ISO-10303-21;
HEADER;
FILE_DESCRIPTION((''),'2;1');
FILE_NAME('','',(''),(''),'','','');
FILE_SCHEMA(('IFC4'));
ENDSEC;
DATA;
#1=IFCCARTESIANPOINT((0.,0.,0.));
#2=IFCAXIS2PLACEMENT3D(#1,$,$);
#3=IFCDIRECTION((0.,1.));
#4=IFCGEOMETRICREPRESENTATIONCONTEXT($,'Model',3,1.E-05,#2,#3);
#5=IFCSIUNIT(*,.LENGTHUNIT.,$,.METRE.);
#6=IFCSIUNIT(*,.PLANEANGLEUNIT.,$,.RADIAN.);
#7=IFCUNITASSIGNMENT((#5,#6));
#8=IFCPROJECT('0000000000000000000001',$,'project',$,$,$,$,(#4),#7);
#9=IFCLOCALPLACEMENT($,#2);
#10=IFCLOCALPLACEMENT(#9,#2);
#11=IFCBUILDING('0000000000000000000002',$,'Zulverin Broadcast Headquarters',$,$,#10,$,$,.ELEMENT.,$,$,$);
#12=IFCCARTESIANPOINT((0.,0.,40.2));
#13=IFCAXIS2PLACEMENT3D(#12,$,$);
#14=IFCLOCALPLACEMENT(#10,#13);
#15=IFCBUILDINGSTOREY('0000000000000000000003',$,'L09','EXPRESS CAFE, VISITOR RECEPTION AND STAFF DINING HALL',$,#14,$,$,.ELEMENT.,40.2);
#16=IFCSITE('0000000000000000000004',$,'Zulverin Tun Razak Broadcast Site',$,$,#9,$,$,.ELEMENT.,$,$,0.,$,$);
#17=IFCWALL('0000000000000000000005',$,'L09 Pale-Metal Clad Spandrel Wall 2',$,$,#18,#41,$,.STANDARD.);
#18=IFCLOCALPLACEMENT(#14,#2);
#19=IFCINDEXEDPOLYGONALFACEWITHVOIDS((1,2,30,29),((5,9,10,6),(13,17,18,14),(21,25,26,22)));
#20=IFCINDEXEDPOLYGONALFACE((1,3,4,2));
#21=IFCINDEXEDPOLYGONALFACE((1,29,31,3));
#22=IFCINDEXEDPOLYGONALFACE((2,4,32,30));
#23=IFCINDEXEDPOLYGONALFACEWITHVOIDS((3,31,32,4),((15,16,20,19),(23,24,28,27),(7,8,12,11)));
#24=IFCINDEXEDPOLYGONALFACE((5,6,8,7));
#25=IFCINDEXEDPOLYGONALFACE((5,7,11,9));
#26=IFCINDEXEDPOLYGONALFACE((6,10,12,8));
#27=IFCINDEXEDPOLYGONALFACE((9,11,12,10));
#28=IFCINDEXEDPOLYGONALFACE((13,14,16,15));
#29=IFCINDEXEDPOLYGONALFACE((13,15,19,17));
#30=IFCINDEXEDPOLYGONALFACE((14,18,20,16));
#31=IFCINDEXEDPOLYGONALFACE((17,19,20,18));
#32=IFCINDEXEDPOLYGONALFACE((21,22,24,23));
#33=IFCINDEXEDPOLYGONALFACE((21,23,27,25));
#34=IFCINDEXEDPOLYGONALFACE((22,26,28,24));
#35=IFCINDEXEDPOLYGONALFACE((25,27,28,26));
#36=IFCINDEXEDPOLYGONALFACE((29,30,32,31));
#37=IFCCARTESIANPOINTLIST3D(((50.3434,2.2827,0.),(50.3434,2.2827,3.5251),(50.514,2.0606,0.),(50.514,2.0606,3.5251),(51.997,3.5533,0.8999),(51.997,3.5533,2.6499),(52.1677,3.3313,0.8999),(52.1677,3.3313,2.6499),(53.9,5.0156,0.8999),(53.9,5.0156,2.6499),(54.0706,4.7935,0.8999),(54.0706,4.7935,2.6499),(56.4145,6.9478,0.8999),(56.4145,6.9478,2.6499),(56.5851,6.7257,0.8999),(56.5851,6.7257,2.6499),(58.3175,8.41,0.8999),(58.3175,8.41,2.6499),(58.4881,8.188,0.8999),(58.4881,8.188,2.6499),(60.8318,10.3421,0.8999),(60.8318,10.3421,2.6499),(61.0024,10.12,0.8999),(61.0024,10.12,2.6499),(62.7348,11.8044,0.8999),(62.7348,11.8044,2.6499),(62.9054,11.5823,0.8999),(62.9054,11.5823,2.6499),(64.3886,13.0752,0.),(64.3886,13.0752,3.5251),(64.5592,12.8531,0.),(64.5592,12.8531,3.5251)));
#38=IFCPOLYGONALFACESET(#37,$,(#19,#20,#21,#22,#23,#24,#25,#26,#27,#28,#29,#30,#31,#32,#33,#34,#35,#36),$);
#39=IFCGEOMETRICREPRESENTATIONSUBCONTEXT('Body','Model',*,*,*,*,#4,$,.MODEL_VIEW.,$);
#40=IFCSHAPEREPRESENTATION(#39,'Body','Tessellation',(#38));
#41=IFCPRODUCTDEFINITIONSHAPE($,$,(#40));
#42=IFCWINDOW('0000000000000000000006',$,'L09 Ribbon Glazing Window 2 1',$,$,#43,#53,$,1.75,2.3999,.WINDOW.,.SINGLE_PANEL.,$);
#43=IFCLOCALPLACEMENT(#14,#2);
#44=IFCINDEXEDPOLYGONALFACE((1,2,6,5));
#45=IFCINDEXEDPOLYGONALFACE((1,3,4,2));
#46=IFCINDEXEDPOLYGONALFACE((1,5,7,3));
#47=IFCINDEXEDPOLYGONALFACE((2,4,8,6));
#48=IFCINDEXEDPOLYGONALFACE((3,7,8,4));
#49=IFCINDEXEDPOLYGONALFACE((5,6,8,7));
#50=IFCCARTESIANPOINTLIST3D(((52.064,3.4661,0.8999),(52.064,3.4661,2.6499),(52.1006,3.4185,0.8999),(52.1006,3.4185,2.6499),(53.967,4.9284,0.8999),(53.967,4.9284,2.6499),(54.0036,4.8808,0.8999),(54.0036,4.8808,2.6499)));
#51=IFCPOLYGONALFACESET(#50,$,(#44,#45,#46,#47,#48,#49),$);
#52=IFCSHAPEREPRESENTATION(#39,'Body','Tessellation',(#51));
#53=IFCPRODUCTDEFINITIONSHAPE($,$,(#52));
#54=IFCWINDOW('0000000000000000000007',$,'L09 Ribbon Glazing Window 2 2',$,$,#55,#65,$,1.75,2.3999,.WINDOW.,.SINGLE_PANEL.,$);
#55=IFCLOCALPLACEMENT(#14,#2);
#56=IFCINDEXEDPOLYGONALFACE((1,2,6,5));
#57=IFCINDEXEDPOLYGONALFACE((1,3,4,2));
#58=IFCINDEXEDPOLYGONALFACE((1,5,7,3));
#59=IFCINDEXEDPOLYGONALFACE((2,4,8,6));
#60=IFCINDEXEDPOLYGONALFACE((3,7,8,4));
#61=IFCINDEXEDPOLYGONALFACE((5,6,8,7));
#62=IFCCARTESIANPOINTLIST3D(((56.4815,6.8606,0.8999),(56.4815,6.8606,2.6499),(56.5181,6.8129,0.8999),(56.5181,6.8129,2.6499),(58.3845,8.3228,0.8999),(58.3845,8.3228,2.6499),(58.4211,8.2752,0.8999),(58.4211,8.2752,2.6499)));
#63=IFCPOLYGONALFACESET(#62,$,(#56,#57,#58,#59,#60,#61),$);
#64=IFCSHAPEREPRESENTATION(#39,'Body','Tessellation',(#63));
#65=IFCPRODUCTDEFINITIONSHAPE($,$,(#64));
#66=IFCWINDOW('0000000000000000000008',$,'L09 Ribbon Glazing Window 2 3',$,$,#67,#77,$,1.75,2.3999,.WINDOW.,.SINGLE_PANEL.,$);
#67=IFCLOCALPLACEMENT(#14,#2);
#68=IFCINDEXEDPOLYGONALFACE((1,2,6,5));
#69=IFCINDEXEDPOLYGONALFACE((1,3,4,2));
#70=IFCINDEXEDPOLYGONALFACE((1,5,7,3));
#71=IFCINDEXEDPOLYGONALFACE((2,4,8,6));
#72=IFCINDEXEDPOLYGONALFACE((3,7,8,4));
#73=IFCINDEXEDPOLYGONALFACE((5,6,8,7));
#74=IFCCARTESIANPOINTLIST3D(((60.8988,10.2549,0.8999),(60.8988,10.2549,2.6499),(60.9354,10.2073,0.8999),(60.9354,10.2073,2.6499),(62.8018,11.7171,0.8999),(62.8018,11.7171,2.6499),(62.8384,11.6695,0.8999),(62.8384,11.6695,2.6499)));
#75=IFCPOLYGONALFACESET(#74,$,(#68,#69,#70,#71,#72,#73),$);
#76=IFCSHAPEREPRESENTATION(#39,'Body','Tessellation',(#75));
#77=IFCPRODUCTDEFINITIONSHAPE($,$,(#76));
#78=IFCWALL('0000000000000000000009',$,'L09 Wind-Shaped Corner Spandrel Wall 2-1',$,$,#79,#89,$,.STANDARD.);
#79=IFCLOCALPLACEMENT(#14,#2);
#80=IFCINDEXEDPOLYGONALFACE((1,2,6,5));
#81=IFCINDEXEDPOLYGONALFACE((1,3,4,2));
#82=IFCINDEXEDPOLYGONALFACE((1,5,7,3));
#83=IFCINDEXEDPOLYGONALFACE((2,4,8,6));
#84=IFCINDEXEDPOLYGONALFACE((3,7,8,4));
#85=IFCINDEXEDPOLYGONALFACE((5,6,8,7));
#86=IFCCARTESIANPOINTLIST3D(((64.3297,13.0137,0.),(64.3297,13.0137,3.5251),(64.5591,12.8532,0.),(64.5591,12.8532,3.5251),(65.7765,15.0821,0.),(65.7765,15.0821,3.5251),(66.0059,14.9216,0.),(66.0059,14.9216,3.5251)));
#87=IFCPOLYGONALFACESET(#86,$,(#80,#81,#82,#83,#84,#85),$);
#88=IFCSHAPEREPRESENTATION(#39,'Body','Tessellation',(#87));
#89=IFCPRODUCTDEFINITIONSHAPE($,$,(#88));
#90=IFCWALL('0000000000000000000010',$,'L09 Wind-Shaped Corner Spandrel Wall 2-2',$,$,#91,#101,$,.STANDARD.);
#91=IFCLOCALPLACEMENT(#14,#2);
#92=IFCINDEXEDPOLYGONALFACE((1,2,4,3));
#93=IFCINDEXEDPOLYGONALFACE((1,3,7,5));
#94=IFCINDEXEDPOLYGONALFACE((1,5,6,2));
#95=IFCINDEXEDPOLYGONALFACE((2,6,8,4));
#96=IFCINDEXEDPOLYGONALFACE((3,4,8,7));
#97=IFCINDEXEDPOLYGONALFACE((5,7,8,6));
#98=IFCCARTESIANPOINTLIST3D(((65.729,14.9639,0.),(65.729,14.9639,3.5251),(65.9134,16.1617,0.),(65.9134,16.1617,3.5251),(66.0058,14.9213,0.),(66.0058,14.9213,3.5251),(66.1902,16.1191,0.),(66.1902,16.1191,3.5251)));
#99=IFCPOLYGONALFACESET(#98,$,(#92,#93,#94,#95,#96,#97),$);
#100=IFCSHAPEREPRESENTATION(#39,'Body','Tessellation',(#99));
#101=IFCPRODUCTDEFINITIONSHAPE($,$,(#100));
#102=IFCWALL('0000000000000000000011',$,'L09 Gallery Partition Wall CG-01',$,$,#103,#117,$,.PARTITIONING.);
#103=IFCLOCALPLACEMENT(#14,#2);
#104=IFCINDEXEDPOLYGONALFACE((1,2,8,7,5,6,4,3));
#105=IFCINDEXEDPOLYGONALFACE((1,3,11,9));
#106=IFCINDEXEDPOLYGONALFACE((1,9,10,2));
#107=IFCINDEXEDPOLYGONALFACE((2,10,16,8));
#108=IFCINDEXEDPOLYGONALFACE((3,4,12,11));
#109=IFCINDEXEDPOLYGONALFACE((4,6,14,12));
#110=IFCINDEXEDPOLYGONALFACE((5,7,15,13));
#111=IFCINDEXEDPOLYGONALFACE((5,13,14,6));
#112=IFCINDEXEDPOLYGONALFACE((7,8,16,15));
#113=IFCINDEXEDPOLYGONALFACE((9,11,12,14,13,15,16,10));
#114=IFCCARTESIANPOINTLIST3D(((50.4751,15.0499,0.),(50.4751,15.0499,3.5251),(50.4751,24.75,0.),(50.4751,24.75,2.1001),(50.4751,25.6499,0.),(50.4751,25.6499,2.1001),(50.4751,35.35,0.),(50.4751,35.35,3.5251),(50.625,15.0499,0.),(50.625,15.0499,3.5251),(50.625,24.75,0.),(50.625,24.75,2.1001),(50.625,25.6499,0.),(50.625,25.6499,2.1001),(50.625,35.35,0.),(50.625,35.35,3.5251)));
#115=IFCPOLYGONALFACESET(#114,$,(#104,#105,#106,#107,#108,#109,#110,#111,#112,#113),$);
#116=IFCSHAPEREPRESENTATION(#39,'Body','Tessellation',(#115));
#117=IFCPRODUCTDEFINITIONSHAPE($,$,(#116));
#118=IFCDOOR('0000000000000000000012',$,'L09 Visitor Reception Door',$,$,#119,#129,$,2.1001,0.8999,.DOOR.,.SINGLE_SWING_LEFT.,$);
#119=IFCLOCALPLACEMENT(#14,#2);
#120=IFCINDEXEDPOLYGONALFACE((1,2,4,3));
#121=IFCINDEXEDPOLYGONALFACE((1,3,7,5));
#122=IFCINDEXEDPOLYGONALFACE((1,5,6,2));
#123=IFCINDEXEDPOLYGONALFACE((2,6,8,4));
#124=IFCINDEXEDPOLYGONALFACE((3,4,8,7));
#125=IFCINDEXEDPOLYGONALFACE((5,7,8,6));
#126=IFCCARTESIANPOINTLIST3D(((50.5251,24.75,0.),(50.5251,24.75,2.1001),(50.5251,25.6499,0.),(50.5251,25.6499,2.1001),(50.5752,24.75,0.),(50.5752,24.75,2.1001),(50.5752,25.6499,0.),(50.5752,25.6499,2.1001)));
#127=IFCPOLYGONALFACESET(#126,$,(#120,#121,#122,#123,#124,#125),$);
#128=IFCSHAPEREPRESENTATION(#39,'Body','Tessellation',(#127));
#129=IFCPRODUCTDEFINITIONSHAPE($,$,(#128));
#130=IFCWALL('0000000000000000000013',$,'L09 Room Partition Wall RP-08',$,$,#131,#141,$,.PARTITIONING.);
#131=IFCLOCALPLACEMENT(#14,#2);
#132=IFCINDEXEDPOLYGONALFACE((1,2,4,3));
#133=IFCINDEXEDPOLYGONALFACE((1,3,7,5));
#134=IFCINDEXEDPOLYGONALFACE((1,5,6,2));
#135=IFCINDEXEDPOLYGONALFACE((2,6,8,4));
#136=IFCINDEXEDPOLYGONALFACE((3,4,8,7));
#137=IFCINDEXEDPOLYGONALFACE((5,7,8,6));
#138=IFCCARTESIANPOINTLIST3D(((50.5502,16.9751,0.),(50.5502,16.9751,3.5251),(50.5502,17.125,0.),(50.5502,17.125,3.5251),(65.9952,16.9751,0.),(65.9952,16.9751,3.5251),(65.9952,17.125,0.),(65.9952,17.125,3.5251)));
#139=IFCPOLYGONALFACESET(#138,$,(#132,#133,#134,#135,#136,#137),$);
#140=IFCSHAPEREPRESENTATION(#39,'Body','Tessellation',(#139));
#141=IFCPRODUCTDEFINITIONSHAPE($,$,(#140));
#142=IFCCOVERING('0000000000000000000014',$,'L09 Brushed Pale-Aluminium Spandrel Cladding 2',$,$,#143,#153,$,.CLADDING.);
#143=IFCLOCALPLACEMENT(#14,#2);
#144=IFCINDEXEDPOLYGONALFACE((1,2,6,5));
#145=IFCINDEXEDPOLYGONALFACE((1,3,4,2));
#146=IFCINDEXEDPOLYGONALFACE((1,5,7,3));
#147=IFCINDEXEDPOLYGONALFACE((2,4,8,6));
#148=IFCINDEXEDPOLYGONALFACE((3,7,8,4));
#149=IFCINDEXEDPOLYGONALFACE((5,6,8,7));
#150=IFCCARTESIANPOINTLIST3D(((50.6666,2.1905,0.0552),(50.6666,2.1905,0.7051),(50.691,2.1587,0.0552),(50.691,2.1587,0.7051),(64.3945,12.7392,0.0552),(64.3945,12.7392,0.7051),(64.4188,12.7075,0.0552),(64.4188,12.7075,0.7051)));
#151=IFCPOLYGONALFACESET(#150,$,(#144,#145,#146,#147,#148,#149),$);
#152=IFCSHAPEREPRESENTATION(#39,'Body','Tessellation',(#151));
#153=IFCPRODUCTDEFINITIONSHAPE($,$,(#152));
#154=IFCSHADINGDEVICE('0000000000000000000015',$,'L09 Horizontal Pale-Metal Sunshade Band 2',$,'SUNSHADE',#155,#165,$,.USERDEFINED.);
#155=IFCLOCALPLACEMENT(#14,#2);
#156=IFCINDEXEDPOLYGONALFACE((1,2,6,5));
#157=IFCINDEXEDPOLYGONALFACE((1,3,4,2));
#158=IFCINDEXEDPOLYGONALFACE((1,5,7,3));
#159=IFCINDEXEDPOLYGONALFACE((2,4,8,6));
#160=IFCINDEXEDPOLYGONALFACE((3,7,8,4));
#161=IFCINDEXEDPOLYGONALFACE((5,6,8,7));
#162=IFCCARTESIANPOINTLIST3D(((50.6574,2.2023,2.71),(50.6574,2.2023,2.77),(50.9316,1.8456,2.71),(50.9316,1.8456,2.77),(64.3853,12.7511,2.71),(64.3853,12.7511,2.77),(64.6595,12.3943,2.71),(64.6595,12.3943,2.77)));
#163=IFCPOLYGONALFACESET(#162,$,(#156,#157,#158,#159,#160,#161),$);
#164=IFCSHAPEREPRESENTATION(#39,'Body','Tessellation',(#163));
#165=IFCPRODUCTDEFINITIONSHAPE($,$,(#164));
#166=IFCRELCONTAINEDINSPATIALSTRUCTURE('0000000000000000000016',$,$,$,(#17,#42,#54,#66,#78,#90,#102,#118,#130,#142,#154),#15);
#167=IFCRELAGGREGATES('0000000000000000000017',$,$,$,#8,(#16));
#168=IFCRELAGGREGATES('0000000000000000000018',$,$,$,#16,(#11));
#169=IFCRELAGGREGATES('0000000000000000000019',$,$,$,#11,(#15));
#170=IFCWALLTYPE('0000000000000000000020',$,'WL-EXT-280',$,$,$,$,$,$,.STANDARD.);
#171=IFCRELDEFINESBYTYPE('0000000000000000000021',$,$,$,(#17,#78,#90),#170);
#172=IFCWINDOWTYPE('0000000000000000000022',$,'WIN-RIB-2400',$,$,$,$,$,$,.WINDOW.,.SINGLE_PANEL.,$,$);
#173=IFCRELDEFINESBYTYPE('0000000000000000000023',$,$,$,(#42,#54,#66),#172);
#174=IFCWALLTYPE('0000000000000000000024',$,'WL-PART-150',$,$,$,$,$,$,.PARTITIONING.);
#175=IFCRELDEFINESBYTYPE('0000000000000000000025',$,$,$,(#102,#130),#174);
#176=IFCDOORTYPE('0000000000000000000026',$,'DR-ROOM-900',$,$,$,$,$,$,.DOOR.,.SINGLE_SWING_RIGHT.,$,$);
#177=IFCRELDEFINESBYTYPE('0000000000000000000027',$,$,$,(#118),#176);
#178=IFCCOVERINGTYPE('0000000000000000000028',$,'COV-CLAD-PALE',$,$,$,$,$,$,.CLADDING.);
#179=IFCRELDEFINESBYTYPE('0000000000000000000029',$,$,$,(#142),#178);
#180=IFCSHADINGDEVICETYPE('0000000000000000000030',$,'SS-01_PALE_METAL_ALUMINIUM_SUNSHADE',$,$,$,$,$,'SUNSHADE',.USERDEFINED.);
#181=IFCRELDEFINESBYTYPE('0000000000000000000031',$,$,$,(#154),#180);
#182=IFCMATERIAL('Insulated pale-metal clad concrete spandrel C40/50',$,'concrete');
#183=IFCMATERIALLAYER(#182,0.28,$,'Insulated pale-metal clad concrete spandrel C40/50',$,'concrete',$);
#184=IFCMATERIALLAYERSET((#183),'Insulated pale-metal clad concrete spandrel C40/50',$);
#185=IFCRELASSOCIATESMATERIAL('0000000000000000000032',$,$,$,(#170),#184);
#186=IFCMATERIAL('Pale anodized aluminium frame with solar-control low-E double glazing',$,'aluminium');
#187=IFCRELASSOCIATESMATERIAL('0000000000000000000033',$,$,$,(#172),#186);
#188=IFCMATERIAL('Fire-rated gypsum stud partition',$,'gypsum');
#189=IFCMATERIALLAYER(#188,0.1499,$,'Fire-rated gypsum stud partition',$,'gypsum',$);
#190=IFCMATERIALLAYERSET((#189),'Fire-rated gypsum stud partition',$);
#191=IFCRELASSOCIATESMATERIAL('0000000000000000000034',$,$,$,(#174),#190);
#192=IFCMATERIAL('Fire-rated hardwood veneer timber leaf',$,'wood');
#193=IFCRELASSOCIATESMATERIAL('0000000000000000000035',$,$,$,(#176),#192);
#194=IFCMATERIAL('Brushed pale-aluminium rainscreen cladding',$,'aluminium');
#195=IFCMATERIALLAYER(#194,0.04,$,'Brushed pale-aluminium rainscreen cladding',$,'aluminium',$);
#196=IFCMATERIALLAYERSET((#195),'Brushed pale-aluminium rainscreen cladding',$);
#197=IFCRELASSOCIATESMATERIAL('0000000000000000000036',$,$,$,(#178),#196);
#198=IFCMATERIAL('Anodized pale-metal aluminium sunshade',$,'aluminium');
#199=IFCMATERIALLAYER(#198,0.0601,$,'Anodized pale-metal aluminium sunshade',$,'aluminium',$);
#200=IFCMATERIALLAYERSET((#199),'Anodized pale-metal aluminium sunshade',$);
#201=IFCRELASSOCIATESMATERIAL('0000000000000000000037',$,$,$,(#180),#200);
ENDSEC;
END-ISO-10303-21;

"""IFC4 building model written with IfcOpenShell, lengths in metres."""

from ifc_helpers import new_model, si_unit, direction, frame, frame_2d, origin, origin_2d, place, context, subcontext, project, spatial, rectangle, extrude, material, layer, layer_set, type_object, element, fill, save


model = new_model("IFC4")

# Units and contexts
model_context = context("Model", 3, precision=1e-05, world=origin(), true_north=direction((0.0, 1.0)))
body_context = subcontext(model_context, "Body", "Model", "MODEL_VIEW")
ifc_project = project(units=[si_unit("LENGTHUNIT", "METRE"), si_unit("PLANEANGLEUNIT", "RADIAN")], contexts=[model_context])

# Site, building, storey
site_placement = place(None, origin())
site = spatial("IfcSite", under=ifc_project, at=site_placement, Name="Zulverin Tun Razak Broadcast Site", CompositionType="ELEMENT", RefElevation=0.0)
building_placement = place(site_placement, origin())
building = spatial("IfcBuilding", under=site, at=building_placement, Name="Zulverin Broadcast Headquarters", CompositionType="ELEMENT")
storey_placement = place(building_placement, frame((0.0, 0.0, 40.2)))
storey = spatial("IfcBuildingStorey", under=building, at=storey_placement, Name="L09", Description="EXPRESS CAFE, VISITOR RECEPTION AND STAFF DINING HALL", CompositionType="ELEMENT", Elevation=40.2)

# Wall, openings, windows
ifc_material_1 = material(Name="Insulated pale-metal clad concrete spandrel C40/50", Category="concrete")
ifc_layer_1 = layer(ifc_material_1, 0.28, Name="Insulated pale-metal clad concrete spandrel C40/50", Category="concrete")
ifc_layer_set_1 = layer_set([ifc_layer_1], Name="Insulated pale-metal clad concrete spandrel C40/50")
wall_type_1 = type_object("IfcWallType", Name="WL-EXT-280", PredefinedType="STANDARD", material=ifc_layer_set_1)
wall_1_placement = place(storey_placement, frame((50.4287, 2.1716, 0.0), z_axis=(0.0, 0.0, 1.0), x_axis=(0.792937, 0.609303, 0.0)))
wall_1 = element("IfcWall", 1, at=wall_1_placement, inside=storey, type_object=wall_type_1, Name="L09 Pale-Metal Clad Spandrel Wall 2", PredefinedType="STANDARD", context=body_context, shape_type="SweptSolid", body=[
    extrude(rectangle(XDim=17.7129, YDim=0.28, at=frame_2d((8.8564, 0.0))), origin(), (0.0, 0.0, 1.0), 3.5251),
])
opening_1_placement = place(wall_1_placement, frame((2.0854, 0.0, 0.8999)))
opening_1 = element("IfcOpeningElement", 2, at=opening_1_placement, cuts=wall_1, PredefinedType="OPENING", context=body_context, shape_type="SweptSolid", body=[
    extrude(rectangle(XDim=2.3999, YDim=1.75, at=frame_2d((1.2, 0.875))), frame((0.0, 0.1499, 0.0), z_axis=(0.0, -1.0, 0.0), x_axis=(1.0, 0.0, 0.0)), (0.0, 0.0, 1.0), 0.3),
])
opening_2_placement = place(wall_1_placement, frame((7.6565, 0.0, 0.8999)))
opening_2 = element("IfcOpeningElement", 3, at=opening_2_placement, cuts=wall_1, PredefinedType="OPENING", context=body_context, shape_type="SweptSolid", body=[
    extrude(rectangle(XDim=2.3999, YDim=1.75, at=frame_2d((1.2, 0.875))), frame((0.0, 0.1499, 0.0), z_axis=(0.0, -1.0, 0.0), x_axis=(1.0, 0.0, 0.0)), (0.0, 0.0, 1.0), 0.3),
])
opening_3_placement = place(wall_1_placement, frame((13.2273, 0.0, 0.8999)))
opening_3 = element("IfcOpeningElement", 4, at=opening_3_placement, cuts=wall_1, PredefinedType="OPENING", context=body_context, shape_type="SweptSolid", body=[
    extrude(rectangle(XDim=2.3999, YDim=1.75, at=frame_2d((1.2, 0.875))), frame((0.0, 0.1499, 0.0), z_axis=(0.0, -1.0, 0.0), x_axis=(1.0, 0.0, 0.0)), (0.0, 0.0, 1.0), 0.3),
])
ifc_material_2 = material(Name="Pale anodized aluminium frame with solar-control low-E double glazing", Category="aluminium")
window_type = type_object("IfcWindowType", Name="WIN-RIB-2400", PartitioningType="SINGLE_PANEL", PredefinedType="WINDOW", material=ifc_material_2)
window_1_placement = place(opening_1_placement, origin())
window_1 = element("IfcWindow", 5, at=window_1_placement, inside=storey, type_object=window_type, Name="L09 Ribbon Glazing Window 2 1", OverallHeight=1.75, OverallWidth=2.3999, PartitioningType="SINGLE_PANEL", PredefinedType="WINDOW", context=body_context, shape_type="SweptSolid", body=[
    extrude(rectangle(XDim=2.3999, YDim=1.75, at=frame_2d((1.2, 0.875))), frame((0.0, 0.03, 0.0), z_axis=(0.0, -1.0, 0.0), x_axis=(1.0, 0.0, 0.0)), (0.0, 0.0, 1.0), 0.0601),
])
fill(opening_1, window_1)
window_2_placement = place(opening_2_placement, origin())
window_2 = element("IfcWindow", 6, at=window_2_placement, inside=storey, type_object=window_type, Name="L09 Ribbon Glazing Window 2 2", OverallHeight=1.75, OverallWidth=2.3999, PartitioningType="SINGLE_PANEL", PredefinedType="WINDOW", context=body_context, shape_type="SweptSolid", body=[
    extrude(rectangle(XDim=2.3999, YDim=1.75, at=frame_2d((1.2, 0.875))), frame((0.0, 0.03, 0.0), z_axis=(0.0, -1.0, 0.0), x_axis=(1.0, 0.0, 0.0)), (0.0, 0.0, 1.0), 0.0601),
])
fill(opening_2, window_2)
window_3_placement = place(opening_3_placement, origin())
window_3 = element("IfcWindow", 7, at=window_3_placement, inside=storey, type_object=window_type, Name="L09 Ribbon Glazing Window 2 3", OverallHeight=1.75, OverallWidth=2.3999, PartitioningType="SINGLE_PANEL", PredefinedType="WINDOW", context=body_context, shape_type="SweptSolid", body=[
    extrude(rectangle(XDim=2.3999, YDim=1.75, at=frame_2d((1.2, 0.875))), frame((0.0, 0.03, 0.0), z_axis=(0.0, -1.0, 0.0), x_axis=(1.0, 0.0, 0.0)), (0.0, 0.0, 1.0), 0.0601),
])
fill(opening_3, window_3)

# Walls
wall_2_placement = place(storey_placement, frame((64.4443, 12.9333, 0.0), z_axis=(0.0, 0.0, 1.0), x_axis=(0.573177, 0.819432, 0.0)))
element("IfcWall", 8, at=wall_2_placement, inside=storey, type_object=wall_type_1, Name="L09 Wind-Shaped Corner Spandrel Wall 2-1", PredefinedType="STANDARD", context=body_context, shape_type="SweptSolid", body=[
    extrude(rectangle(XDim=2.5242, YDim=0.28, at=frame_2d((1.2622, 0.0))), origin(), (0.0, 0.0, 1.0), 3.5251),
])
wall_3_placement = place(storey_placement, frame((65.8674, 14.9426, 0.0), z_axis=(0.0, 0.0, 1.0), x_axis=(0.152103, 0.988365, 0.0)))
element("IfcWall", 9, at=wall_3_placement, inside=storey, type_object=wall_type_1, Name="L09 Wind-Shaped Corner Spandrel Wall 2-2", PredefinedType="STANDARD", context=body_context, shape_type="SweptSolid", body=[
    extrude(rectangle(XDim=1.2119, YDim=0.28, at=frame_2d((0.606, 0.0))), origin(), (0.0, 0.0, 1.0), 3.5251),
])

# Wall, opening, door
ifc_material_3 = material(Name="Fire-rated gypsum stud partition", Category="gypsum")
ifc_layer_2 = layer(ifc_material_3, 0.1499, Name="Fire-rated gypsum stud partition", Category="gypsum")
ifc_layer_set_2 = layer_set([ifc_layer_2], Name="Fire-rated gypsum stud partition")
wall_type_2 = type_object("IfcWallType", Name="WL-PART-150", PredefinedType="PARTITIONING", material=ifc_layer_set_2)
wall_4_placement = place(storey_placement, frame((50.55, 15.05, 0.0), z_axis=(0.0, 0.0, 1.0), x_axis=(0.0, 1.0, 0.0)))
wall_4 = element("IfcWall", 10, at=wall_4_placement, inside=storey, type_object=wall_type_2, Name="L09 Gallery Partition Wall CG-01", PredefinedType="PARTITIONING", context=body_context, shape_type="SweptSolid", body=[
    extrude(rectangle(XDim=20.3, YDim=0.1499, at=frame_2d((10.1499, 0.0))), origin(), (0.0, 0.0, 1.0), 3.5251),
])
opening_4_placement = place(wall_4_placement, frame((9.7, 0.0, 0.0)))
opening_4 = element("IfcOpeningElement", 11, at=opening_4_placement, cuts=wall_4, PredefinedType="OPENING", context=body_context, shape_type="SweptSolid", body=[
    extrude(rectangle(XDim=0.8999, YDim=2.1001, at=frame_2d((0.45, 1.05))), frame((0.0, 0.085, 0.0), z_axis=(0.0, -1.0, 0.0), x_axis=(1.0, 0.0, 0.0)), (0.0, 0.0, 1.0), 0.1699),
])
ifc_material_4 = material(Name="Fire-rated hardwood veneer timber leaf", Category="wood")
door_type = type_object("IfcDoorType", Name="DR-ROOM-900", OperationType="SINGLE_SWING_RIGHT", PredefinedType="DOOR", material=ifc_material_4)
door_placement = place(opening_4_placement, origin())
door = element("IfcDoor", 12, at=door_placement, inside=storey, type_object=door_type, Name="L09 Visitor Reception Door", OperationType="SINGLE_SWING_LEFT", OverallHeight=2.1001, OverallWidth=0.8999, PredefinedType="DOOR", context=body_context, shape_type="SweptSolid", body=[
    extrude(rectangle(XDim=0.8999, YDim=2.1001, at=frame_2d((0.45, 1.05))), frame((0.0, 0.0249, 0.0), z_axis=(0.0, -1.0, 0.0), x_axis=(1.0, 0.0, 0.0)), (0.0, 0.0, 1.0), 0.05),
])
fill(opening_4, door)

# Wall
wall_5_placement = place(storey_placement, frame((50.55, 17.05, 0.0), z_axis=(0.0, 0.0, 1.0), x_axis=(1.0, 0.0, 0.0)))
element("IfcWall", 13, at=wall_5_placement, inside=storey, type_object=wall_type_2, Name="L09 Room Partition Wall RP-08", PredefinedType="PARTITIONING", context=body_context, shape_type="SweptSolid", body=[
    extrude(rectangle(XDim=15.4451, YDim=0.1499, at=frame_2d((7.7227, 0.0))), origin(), (0.0, 0.0, 1.0), 3.5251),
])

# Covering
ifc_material_5 = material(Name="Brushed pale-aluminium rainscreen cladding", Category="aluminium")
ifc_layer_3 = layer(ifc_material_5, 0.04, Name="Brushed pale-aluminium rainscreen cladding", Category="aluminium")
ifc_layer_set_3 = layer_set([ifc_layer_3], Name="Brushed pale-aluminium rainscreen cladding")
covering_type = type_object("IfcCoveringType", Name="COV-CLAD-PALE", PredefinedType="CLADDING", material=ifc_layer_set_3)
covering_placement = place(storey_placement, frame((57.5427, 7.449, 0.0552), z_axis=(0.0, 0.0, 1.0), x_axis=(0.792933, 0.609308, 0.0)))
element("IfcCovering", 14, at=covering_placement, inside=storey, type_object=covering_type, Name="L09 Brushed Pale-Aluminium Spandrel Cladding 2", PredefinedType="CLADDING", context=body_context, shape_type="SweptSolid", body=[
    extrude(rectangle(XDim=17.3127, YDim=0.04, at=origin_2d()), origin(), (0.0, 0.0, 1.0), 0.6499),
])

# Shading device
ifc_material_6 = material(Name="Anodized pale-metal aluminium sunshade", Category="aluminium")
ifc_layer_4 = layer(ifc_material_6, 0.0601, Name="Anodized pale-metal aluminium sunshade", Category="aluminium")
ifc_layer_set_4 = layer_set([ifc_layer_4], Name="Anodized pale-metal aluminium sunshade")
shading_device_type = type_object("IfcShadingDeviceType", Name="SS-01_PALE_METAL_ALUMINIUM_SUNSHADE", ElementType="SUNSHADE", PredefinedType="USERDEFINED", material=ifc_layer_set_4)
shading_device_placement = place(storey_placement, frame((57.6584, 7.2983, 2.71), z_axis=(0.0, 0.0, 1.0), x_axis=(0.792933, 0.609308, 0.0)))
element("IfcShadingDevice", 15, at=shading_device_placement, inside=storey, type_object=shading_device_type, Name="L09 Horizontal Pale-Metal Sunshade Band 2", ObjectType="SUNSHADE", PredefinedType="USERDEFINED", context=body_context, shape_type="SweptSolid", body=[
    extrude(rectangle(XDim=17.3127, YDim=0.45, at=origin_2d()), origin(), (0.0, 0.0, 1.0), 0.0601),
])

save(model, "model.ifc")
